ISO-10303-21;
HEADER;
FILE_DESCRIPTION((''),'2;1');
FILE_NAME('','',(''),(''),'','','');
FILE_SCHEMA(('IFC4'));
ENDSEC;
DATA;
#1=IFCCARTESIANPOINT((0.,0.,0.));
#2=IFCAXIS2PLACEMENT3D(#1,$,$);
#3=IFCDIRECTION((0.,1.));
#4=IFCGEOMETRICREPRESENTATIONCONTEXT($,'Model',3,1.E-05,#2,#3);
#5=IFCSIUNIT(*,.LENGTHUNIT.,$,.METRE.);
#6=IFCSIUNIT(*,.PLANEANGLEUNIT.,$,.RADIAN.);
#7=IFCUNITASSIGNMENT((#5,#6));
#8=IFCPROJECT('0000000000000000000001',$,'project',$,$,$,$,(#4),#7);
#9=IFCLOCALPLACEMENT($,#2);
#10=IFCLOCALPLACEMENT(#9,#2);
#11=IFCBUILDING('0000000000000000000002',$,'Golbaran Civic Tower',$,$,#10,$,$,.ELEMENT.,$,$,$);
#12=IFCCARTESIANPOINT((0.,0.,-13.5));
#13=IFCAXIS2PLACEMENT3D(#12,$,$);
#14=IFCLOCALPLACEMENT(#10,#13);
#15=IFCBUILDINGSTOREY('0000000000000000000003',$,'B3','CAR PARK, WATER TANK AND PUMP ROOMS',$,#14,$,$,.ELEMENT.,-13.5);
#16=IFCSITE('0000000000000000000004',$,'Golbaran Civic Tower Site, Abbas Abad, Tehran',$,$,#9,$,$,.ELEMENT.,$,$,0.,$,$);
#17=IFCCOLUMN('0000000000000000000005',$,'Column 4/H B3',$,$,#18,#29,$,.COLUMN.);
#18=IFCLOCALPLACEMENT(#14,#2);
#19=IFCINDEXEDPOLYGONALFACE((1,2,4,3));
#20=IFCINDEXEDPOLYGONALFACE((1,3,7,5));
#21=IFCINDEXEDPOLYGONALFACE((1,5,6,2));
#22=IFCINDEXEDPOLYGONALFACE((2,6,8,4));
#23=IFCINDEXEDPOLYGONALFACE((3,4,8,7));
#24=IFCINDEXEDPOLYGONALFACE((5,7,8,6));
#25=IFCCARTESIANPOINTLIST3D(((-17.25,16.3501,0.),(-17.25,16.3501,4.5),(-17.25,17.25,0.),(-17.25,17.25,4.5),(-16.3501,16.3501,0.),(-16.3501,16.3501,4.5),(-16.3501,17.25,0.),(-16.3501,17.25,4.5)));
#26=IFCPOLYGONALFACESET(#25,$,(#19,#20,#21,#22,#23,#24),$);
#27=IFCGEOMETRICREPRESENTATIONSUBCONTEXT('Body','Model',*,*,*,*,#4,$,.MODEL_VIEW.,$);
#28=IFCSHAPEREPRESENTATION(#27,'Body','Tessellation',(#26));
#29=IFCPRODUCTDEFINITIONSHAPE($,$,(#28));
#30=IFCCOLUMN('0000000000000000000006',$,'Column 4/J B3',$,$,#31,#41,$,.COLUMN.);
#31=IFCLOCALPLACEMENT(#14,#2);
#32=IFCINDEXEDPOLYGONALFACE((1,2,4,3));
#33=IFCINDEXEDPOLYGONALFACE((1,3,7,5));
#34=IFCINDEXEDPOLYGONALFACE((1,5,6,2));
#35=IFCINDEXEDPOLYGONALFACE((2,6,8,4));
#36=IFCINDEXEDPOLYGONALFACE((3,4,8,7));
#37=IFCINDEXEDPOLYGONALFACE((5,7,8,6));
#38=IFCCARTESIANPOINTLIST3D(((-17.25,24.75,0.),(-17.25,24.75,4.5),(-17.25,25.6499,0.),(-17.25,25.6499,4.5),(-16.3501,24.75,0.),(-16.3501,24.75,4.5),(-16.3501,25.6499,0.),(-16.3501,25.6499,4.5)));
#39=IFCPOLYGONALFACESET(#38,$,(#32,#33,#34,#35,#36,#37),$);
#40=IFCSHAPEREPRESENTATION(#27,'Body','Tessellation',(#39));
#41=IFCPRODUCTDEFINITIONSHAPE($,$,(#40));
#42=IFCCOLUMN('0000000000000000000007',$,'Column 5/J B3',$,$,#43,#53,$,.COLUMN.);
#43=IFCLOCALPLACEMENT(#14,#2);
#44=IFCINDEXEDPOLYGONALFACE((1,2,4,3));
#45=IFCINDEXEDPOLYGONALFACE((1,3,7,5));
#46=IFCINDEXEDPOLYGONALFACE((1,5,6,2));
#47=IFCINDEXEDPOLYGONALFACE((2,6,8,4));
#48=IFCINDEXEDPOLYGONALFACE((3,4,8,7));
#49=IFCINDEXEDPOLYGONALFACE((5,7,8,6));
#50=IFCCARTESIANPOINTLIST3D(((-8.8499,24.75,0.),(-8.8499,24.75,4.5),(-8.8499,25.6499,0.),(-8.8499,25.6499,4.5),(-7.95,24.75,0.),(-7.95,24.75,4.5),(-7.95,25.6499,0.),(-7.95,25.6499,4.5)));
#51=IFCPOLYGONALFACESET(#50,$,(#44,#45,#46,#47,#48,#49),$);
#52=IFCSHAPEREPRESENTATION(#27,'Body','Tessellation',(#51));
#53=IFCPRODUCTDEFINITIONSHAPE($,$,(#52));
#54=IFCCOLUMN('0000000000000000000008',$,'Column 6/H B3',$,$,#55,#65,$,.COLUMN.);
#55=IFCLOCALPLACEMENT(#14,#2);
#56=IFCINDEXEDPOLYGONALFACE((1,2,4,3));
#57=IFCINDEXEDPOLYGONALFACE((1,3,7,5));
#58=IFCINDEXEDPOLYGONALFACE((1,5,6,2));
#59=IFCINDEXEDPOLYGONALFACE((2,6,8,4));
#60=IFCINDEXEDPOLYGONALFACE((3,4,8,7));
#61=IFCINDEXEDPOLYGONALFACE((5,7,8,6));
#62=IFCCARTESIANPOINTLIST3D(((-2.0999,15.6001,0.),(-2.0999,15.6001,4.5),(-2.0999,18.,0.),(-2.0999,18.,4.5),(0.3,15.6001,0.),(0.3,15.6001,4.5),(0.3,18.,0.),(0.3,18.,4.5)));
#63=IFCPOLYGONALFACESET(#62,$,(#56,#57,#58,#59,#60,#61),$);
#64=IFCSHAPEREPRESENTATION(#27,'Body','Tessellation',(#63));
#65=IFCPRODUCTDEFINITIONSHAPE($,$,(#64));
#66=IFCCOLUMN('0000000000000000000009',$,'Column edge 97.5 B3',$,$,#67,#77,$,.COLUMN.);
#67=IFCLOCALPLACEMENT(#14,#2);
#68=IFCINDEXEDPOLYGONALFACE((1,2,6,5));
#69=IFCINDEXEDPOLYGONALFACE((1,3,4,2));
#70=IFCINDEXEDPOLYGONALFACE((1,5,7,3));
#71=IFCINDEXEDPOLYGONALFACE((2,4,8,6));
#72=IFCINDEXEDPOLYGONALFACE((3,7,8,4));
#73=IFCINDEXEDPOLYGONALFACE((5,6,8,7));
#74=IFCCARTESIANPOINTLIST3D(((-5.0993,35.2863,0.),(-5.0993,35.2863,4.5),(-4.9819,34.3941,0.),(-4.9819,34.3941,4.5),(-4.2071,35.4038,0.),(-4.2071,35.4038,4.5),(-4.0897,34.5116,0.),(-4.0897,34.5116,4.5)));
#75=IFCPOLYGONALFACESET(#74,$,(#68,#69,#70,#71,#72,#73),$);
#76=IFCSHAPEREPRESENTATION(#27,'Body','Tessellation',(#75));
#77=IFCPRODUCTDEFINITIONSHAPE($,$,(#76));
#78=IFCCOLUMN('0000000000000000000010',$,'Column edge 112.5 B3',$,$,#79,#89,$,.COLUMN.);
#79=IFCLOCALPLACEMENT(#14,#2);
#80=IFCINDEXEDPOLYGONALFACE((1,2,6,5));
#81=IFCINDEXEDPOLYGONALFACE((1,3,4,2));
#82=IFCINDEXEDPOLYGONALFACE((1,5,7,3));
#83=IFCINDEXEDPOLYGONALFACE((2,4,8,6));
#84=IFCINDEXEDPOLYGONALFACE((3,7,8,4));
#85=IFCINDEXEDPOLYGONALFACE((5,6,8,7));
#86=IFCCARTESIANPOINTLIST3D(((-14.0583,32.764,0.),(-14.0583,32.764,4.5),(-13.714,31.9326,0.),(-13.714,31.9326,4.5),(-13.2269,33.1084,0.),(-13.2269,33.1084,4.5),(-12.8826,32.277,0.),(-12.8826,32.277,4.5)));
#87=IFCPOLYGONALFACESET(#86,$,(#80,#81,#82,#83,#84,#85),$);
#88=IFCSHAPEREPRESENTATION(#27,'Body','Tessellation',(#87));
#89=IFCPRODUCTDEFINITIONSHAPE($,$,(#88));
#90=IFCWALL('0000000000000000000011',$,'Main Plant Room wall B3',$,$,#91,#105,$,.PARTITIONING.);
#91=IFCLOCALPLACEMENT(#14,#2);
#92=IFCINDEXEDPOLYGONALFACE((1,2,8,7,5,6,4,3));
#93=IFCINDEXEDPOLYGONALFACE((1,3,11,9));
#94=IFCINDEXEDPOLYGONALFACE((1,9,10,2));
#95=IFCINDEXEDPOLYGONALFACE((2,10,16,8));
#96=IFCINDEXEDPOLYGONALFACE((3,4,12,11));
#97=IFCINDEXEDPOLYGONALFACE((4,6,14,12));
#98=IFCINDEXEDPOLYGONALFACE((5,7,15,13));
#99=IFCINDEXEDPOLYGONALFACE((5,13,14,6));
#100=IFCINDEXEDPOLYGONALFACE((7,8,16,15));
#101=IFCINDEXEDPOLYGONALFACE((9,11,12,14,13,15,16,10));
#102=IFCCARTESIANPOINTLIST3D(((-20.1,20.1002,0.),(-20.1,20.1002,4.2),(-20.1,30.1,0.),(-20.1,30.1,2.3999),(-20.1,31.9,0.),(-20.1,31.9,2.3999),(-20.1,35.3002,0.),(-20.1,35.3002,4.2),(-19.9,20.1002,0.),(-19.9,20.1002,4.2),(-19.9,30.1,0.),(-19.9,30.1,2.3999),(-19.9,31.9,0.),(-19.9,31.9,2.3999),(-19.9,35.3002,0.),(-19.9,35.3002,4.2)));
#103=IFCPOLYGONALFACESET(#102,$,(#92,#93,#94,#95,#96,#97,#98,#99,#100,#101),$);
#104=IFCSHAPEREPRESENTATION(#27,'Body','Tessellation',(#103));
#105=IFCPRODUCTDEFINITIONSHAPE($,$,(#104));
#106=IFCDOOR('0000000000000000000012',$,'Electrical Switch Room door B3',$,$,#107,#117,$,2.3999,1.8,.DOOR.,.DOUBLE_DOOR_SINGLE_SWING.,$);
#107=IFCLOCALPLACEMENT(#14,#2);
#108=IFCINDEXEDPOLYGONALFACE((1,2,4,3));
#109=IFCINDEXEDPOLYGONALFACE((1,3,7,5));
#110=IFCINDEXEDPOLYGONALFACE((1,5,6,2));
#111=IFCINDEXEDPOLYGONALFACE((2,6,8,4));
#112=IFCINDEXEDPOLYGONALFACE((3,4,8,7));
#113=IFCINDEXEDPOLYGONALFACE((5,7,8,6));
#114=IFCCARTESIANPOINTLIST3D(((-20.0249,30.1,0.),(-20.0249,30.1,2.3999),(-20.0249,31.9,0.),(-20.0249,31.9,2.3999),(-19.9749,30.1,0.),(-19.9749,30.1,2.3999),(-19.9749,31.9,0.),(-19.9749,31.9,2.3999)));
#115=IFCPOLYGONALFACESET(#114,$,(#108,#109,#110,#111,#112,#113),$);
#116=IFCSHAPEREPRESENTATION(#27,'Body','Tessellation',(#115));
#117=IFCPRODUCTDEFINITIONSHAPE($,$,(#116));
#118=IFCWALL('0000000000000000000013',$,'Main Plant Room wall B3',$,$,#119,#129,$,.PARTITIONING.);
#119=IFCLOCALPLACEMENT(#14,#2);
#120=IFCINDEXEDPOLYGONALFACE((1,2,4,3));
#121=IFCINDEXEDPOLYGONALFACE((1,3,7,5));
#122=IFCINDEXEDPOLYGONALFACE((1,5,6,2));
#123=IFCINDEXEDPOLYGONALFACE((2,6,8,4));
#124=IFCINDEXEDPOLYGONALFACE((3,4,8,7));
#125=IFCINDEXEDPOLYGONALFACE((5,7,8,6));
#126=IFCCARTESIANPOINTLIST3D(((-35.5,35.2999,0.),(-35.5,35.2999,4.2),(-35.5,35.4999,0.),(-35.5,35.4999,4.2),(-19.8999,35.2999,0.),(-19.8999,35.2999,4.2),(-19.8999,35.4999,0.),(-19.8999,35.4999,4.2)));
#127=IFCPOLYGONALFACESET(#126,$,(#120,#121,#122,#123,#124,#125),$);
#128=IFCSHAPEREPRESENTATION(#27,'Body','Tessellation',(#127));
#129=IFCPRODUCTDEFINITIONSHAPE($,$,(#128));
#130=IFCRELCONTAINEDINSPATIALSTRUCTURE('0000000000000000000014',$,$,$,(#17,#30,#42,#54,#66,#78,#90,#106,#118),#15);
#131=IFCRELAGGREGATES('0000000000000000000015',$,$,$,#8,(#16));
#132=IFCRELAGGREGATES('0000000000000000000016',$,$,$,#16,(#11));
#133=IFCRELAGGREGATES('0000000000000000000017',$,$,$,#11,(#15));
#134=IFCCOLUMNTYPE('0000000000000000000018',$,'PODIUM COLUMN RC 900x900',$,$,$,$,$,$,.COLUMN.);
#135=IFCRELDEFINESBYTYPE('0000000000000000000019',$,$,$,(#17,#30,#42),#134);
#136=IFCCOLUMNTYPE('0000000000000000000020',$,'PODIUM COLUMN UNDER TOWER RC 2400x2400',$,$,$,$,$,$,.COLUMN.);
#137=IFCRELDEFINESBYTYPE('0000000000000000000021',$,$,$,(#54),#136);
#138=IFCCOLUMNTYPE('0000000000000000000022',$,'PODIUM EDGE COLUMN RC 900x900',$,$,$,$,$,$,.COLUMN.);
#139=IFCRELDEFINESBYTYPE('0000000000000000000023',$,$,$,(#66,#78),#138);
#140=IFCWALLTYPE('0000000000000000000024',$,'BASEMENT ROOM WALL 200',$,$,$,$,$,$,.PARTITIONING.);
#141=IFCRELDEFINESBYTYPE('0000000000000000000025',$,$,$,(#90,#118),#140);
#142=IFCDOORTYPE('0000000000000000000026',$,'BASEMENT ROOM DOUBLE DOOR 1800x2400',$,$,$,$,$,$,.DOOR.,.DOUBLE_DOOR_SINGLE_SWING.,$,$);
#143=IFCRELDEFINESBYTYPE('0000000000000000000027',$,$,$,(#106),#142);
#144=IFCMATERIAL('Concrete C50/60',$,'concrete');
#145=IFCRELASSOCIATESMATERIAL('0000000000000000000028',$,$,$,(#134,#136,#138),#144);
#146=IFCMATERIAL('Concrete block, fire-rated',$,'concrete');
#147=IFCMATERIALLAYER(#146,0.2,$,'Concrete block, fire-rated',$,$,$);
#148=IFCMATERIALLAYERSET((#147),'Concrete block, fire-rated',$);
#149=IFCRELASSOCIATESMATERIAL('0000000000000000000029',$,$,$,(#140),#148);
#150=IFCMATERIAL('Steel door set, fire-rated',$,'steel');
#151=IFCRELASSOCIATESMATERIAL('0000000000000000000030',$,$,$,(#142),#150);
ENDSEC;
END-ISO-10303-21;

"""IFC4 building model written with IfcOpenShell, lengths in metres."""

from ifc_helpers import new_model, si_unit, direction, frame, frame_2d, origin, origin_2d, place, context, subcontext, project, spatial, rectangle, extrude, material, layer, layer_set, material_profile, profile_set, type_object, element, fill, save


model = new_model("IFC4")

# Units and contexts
model_context = context("Model", 3, precision=1e-05, world=origin(), true_north=direction((0.0, 1.0)))
body_context = subcontext(model_context, "Body", "Model", "MODEL_VIEW")
ifc_project = project(units=[si_unit("LENGTHUNIT", "METRE"), si_unit("PLANEANGLEUNIT", "RADIAN")], contexts=[model_context])

# Site, building, storey
site_placement = place(None, origin())
site = spatial("IfcSite", under=ifc_project, at=site_placement, Name="Golbaran Civic Tower Site, Abbas Abad, Tehran", CompositionType="ELEMENT", RefElevation=0.0)
building_placement = place(site_placement, origin())
building = spatial("IfcBuilding", under=site, at=building_placement, Name="Golbaran Civic Tower", CompositionType="ELEMENT")
storey_placement = place(building_placement, frame((0.0, 0.0, -13.5)))
storey = spatial("IfcBuildingStorey", under=building, at=storey_placement, Name="B3", Description="CAR PARK, WATER TANK AND PUMP ROOMS", CompositionType="ELEMENT", Elevation=-13.5)

# Columns
ifc_material_1 = material(Name="Concrete C50/60", Category="concrete")
ifc_material_profile_1 = material_profile(ifc_material_1, rectangle(XDim=0.8999, YDim=0.8999, at=origin_2d()), Name="RC 900x900")
ifc_profile_set_1 = profile_set([ifc_material_profile_1], Name="Concrete C50/60")
column_type_1 = type_object("IfcColumnType", Name="PODIUM COLUMN RC 900x900", PredefinedType="COLUMN", material=ifc_profile_set_1)
for number, where, z_axis, x_axis, name in (
    (1, (-16.8, 16.8, 0.0), (0.0, 0.0, 1.0), (1.0, 0.0, 0.0), "Column 4/H B3"),
    (2, (-16.8, 25.2, 0.0), (0.0, 0.0, 1.0), (1.0, 0.0, 0.0), "Column 4/J B3"),
    (3, (-8.3999, 25.2, 0.0), (0.0, 0.0, 1.0), (1.0, 0.0, 0.0), "Column 5/J B3"),
):
    element("IfcColumn", number, at=place(storey_placement, frame(where, z_axis=z_axis, x_axis=x_axis)), inside=storey, type_object=column_type_1, Name=name, PredefinedType="COLUMN", context=body_context, shape_type="SweptSolid", body=[
        extrude(rectangle(XDim=0.8999, YDim=0.8999, at=origin_2d()), origin(), (0.0, 0.0, 1.0), 4.5),
    ])
ifc_material_profile_2 = material_profile(ifc_material_1, rectangle(XDim=2.3999, YDim=2.3999, at=origin_2d()), Name="RC 2400x2400")
ifc_profile_set_2 = profile_set([ifc_material_profile_2], Name="Concrete C50/60")
column_type_2 = type_object("IfcColumnType", Name="PODIUM COLUMN UNDER TOWER RC 2400x2400", PredefinedType="COLUMN", material=ifc_profile_set_2)
column_1_placement = place(storey_placement, frame((-0.8999, 16.8, 0.0), z_axis=(0.0, 0.0, 1.0), x_axis=(1.0, 0.0, 0.0)))
element("IfcColumn", 4, at=column_1_placement, inside=storey, type_object=column_type_2, Name="Column 6/H B3", PredefinedType="COLUMN", context=body_context, shape_type="SweptSolid", body=[
    extrude(rectangle(XDim=2.3999, YDim=2.3999, at=origin_2d()), origin(), (0.0, 0.0, 1.0), 4.5),
])
ifc_material_profile_3 = material_profile(ifc_material_1, rectangle(XDim=0.8999, YDim=0.8999, at=origin_2d()), Name="RC 900x900")
ifc_profile_set_3 = profile_set([ifc_material_profile_3], Name="Concrete C50/60")
column_type_3 = type_object("IfcColumnType", Name="PODIUM EDGE COLUMN RC 900x900", PredefinedType="COLUMN", material=ifc_profile_set_3)
for number, where, z_axis, x_axis, name in (
    (5, (-4.5945, 34.8989, 0.0), (0.0, 0.0, 1.0), (-0.130526, 0.991445, 0.0), "Column edge 97.5 B3"),
    (6, (-13.4705, 32.5205, 0.0), (0.0, 0.0, 1.0), (-0.382683, 0.92388, 0.0), "Column edge 112.5 B3"),
):
    element("IfcColumn", number, at=place(storey_placement, frame(where, z_axis=z_axis, x_axis=x_axis)), inside=storey, type_object=column_type_3, Name=name, PredefinedType="COLUMN", context=body_context, shape_type="SweptSolid", body=[
        extrude(rectangle(XDim=0.8999, YDim=0.8999, at=origin_2d()), origin(), (0.0, 0.0, 1.0), 4.5),
    ])

# Wall, opening, door
ifc_material_2 = material(Name="Concrete block, fire-rated", Category="concrete")
ifc_layer_1 = layer(ifc_material_2, 0.2, Name="Concrete block, fire-rated")
ifc_layer_set_1 = layer_set([ifc_layer_1], Name="Concrete block, fire-rated")
wall_type = type_object("IfcWallType", Name="BASEMENT ROOM WALL 200", PredefinedType="PARTITIONING", material=ifc_layer_set_1)
wall_1_placement = place(storey_placement, frame((-20.0, 20.1001, 0.0), z_axis=(0.0, 0.0, 1.0), x_axis=(0.0, 1.0, 0.0)))
wall_1 = element("IfcWall", 7, at=wall_1_placement, inside=storey, type_object=wall_type, Name="Main Plant Room wall B3", PredefinedType="PARTITIONING", context=body_context, shape_type="SweptSolid", body=[
    extrude(rectangle(XDim=15.2, YDim=0.2, at=frame_2d((7.6001, 0.0))), origin(), (0.0, 0.0, 1.0), 4.2),
])
opening_placement = place(wall_1_placement, frame((10.0, 0.0, 0.0)))
opening = element("IfcOpeningElement", 8, at=opening_placement, cuts=wall_1, PredefinedType="OPENING", context=body_context, shape_type="SweptSolid", body=[
    extrude(rectangle(XDim=1.8, YDim=2.3999, at=frame_2d((0.8999, 1.2))), frame((0.0, 0.1099, 0.0), z_axis=(0.0, -1.0, 0.0), x_axis=(1.0, 0.0, 0.0)), (0.0, 0.0, 1.0), 0.22),
])
ifc_material_3 = material(Name="Steel door set, fire-rated", Category="steel")
door_type = type_object("IfcDoorType", Name="BASEMENT ROOM DOUBLE DOOR 1800x2400", OperationType="DOUBLE_DOOR_SINGLE_SWING", PredefinedType="DOOR", material=ifc_material_3)
door_placement = place(opening_placement, origin())
door = element("IfcDoor", 9, at=door_placement, inside=storey, type_object=door_type, Name="Electrical Switch Room door B3", OperationType="DOUBLE_DOOR_SINGLE_SWING", OverallHeight=2.3999, OverallWidth=1.8, PredefinedType="DOOR", context=body_context, shape_type="SweptSolid", body=[
    extrude(rectangle(XDim=1.8, YDim=2.3999, at=frame_2d((0.8999, 1.2))), frame((0.0, 0.0249, 0.0), z_axis=(0.0, -1.0, 0.0), x_axis=(1.0, 0.0, 0.0)), (0.0, 0.0, 1.0), 0.05),
])
fill(opening, door)

# Wall
wall_2_placement = place(storey_placement, frame((-19.8999, 35.3999, 0.0), z_axis=(0.0, 0.0, 1.0), x_axis=(-1.0, 0.0, 0.0)))
element("IfcWall", 10, at=wall_2_placement, inside=storey, type_object=wall_type, Name="Main Plant Room wall B3", PredefinedType="PARTITIONING", context=body_context, shape_type="SweptSolid", body=[
    extrude(rectangle(XDim=15.6001, YDim=0.2, at=frame_2d((7.8, 0.0))), origin(), (0.0, 0.0, 1.0), 4.2),
])

save(model, "model.ifc")
